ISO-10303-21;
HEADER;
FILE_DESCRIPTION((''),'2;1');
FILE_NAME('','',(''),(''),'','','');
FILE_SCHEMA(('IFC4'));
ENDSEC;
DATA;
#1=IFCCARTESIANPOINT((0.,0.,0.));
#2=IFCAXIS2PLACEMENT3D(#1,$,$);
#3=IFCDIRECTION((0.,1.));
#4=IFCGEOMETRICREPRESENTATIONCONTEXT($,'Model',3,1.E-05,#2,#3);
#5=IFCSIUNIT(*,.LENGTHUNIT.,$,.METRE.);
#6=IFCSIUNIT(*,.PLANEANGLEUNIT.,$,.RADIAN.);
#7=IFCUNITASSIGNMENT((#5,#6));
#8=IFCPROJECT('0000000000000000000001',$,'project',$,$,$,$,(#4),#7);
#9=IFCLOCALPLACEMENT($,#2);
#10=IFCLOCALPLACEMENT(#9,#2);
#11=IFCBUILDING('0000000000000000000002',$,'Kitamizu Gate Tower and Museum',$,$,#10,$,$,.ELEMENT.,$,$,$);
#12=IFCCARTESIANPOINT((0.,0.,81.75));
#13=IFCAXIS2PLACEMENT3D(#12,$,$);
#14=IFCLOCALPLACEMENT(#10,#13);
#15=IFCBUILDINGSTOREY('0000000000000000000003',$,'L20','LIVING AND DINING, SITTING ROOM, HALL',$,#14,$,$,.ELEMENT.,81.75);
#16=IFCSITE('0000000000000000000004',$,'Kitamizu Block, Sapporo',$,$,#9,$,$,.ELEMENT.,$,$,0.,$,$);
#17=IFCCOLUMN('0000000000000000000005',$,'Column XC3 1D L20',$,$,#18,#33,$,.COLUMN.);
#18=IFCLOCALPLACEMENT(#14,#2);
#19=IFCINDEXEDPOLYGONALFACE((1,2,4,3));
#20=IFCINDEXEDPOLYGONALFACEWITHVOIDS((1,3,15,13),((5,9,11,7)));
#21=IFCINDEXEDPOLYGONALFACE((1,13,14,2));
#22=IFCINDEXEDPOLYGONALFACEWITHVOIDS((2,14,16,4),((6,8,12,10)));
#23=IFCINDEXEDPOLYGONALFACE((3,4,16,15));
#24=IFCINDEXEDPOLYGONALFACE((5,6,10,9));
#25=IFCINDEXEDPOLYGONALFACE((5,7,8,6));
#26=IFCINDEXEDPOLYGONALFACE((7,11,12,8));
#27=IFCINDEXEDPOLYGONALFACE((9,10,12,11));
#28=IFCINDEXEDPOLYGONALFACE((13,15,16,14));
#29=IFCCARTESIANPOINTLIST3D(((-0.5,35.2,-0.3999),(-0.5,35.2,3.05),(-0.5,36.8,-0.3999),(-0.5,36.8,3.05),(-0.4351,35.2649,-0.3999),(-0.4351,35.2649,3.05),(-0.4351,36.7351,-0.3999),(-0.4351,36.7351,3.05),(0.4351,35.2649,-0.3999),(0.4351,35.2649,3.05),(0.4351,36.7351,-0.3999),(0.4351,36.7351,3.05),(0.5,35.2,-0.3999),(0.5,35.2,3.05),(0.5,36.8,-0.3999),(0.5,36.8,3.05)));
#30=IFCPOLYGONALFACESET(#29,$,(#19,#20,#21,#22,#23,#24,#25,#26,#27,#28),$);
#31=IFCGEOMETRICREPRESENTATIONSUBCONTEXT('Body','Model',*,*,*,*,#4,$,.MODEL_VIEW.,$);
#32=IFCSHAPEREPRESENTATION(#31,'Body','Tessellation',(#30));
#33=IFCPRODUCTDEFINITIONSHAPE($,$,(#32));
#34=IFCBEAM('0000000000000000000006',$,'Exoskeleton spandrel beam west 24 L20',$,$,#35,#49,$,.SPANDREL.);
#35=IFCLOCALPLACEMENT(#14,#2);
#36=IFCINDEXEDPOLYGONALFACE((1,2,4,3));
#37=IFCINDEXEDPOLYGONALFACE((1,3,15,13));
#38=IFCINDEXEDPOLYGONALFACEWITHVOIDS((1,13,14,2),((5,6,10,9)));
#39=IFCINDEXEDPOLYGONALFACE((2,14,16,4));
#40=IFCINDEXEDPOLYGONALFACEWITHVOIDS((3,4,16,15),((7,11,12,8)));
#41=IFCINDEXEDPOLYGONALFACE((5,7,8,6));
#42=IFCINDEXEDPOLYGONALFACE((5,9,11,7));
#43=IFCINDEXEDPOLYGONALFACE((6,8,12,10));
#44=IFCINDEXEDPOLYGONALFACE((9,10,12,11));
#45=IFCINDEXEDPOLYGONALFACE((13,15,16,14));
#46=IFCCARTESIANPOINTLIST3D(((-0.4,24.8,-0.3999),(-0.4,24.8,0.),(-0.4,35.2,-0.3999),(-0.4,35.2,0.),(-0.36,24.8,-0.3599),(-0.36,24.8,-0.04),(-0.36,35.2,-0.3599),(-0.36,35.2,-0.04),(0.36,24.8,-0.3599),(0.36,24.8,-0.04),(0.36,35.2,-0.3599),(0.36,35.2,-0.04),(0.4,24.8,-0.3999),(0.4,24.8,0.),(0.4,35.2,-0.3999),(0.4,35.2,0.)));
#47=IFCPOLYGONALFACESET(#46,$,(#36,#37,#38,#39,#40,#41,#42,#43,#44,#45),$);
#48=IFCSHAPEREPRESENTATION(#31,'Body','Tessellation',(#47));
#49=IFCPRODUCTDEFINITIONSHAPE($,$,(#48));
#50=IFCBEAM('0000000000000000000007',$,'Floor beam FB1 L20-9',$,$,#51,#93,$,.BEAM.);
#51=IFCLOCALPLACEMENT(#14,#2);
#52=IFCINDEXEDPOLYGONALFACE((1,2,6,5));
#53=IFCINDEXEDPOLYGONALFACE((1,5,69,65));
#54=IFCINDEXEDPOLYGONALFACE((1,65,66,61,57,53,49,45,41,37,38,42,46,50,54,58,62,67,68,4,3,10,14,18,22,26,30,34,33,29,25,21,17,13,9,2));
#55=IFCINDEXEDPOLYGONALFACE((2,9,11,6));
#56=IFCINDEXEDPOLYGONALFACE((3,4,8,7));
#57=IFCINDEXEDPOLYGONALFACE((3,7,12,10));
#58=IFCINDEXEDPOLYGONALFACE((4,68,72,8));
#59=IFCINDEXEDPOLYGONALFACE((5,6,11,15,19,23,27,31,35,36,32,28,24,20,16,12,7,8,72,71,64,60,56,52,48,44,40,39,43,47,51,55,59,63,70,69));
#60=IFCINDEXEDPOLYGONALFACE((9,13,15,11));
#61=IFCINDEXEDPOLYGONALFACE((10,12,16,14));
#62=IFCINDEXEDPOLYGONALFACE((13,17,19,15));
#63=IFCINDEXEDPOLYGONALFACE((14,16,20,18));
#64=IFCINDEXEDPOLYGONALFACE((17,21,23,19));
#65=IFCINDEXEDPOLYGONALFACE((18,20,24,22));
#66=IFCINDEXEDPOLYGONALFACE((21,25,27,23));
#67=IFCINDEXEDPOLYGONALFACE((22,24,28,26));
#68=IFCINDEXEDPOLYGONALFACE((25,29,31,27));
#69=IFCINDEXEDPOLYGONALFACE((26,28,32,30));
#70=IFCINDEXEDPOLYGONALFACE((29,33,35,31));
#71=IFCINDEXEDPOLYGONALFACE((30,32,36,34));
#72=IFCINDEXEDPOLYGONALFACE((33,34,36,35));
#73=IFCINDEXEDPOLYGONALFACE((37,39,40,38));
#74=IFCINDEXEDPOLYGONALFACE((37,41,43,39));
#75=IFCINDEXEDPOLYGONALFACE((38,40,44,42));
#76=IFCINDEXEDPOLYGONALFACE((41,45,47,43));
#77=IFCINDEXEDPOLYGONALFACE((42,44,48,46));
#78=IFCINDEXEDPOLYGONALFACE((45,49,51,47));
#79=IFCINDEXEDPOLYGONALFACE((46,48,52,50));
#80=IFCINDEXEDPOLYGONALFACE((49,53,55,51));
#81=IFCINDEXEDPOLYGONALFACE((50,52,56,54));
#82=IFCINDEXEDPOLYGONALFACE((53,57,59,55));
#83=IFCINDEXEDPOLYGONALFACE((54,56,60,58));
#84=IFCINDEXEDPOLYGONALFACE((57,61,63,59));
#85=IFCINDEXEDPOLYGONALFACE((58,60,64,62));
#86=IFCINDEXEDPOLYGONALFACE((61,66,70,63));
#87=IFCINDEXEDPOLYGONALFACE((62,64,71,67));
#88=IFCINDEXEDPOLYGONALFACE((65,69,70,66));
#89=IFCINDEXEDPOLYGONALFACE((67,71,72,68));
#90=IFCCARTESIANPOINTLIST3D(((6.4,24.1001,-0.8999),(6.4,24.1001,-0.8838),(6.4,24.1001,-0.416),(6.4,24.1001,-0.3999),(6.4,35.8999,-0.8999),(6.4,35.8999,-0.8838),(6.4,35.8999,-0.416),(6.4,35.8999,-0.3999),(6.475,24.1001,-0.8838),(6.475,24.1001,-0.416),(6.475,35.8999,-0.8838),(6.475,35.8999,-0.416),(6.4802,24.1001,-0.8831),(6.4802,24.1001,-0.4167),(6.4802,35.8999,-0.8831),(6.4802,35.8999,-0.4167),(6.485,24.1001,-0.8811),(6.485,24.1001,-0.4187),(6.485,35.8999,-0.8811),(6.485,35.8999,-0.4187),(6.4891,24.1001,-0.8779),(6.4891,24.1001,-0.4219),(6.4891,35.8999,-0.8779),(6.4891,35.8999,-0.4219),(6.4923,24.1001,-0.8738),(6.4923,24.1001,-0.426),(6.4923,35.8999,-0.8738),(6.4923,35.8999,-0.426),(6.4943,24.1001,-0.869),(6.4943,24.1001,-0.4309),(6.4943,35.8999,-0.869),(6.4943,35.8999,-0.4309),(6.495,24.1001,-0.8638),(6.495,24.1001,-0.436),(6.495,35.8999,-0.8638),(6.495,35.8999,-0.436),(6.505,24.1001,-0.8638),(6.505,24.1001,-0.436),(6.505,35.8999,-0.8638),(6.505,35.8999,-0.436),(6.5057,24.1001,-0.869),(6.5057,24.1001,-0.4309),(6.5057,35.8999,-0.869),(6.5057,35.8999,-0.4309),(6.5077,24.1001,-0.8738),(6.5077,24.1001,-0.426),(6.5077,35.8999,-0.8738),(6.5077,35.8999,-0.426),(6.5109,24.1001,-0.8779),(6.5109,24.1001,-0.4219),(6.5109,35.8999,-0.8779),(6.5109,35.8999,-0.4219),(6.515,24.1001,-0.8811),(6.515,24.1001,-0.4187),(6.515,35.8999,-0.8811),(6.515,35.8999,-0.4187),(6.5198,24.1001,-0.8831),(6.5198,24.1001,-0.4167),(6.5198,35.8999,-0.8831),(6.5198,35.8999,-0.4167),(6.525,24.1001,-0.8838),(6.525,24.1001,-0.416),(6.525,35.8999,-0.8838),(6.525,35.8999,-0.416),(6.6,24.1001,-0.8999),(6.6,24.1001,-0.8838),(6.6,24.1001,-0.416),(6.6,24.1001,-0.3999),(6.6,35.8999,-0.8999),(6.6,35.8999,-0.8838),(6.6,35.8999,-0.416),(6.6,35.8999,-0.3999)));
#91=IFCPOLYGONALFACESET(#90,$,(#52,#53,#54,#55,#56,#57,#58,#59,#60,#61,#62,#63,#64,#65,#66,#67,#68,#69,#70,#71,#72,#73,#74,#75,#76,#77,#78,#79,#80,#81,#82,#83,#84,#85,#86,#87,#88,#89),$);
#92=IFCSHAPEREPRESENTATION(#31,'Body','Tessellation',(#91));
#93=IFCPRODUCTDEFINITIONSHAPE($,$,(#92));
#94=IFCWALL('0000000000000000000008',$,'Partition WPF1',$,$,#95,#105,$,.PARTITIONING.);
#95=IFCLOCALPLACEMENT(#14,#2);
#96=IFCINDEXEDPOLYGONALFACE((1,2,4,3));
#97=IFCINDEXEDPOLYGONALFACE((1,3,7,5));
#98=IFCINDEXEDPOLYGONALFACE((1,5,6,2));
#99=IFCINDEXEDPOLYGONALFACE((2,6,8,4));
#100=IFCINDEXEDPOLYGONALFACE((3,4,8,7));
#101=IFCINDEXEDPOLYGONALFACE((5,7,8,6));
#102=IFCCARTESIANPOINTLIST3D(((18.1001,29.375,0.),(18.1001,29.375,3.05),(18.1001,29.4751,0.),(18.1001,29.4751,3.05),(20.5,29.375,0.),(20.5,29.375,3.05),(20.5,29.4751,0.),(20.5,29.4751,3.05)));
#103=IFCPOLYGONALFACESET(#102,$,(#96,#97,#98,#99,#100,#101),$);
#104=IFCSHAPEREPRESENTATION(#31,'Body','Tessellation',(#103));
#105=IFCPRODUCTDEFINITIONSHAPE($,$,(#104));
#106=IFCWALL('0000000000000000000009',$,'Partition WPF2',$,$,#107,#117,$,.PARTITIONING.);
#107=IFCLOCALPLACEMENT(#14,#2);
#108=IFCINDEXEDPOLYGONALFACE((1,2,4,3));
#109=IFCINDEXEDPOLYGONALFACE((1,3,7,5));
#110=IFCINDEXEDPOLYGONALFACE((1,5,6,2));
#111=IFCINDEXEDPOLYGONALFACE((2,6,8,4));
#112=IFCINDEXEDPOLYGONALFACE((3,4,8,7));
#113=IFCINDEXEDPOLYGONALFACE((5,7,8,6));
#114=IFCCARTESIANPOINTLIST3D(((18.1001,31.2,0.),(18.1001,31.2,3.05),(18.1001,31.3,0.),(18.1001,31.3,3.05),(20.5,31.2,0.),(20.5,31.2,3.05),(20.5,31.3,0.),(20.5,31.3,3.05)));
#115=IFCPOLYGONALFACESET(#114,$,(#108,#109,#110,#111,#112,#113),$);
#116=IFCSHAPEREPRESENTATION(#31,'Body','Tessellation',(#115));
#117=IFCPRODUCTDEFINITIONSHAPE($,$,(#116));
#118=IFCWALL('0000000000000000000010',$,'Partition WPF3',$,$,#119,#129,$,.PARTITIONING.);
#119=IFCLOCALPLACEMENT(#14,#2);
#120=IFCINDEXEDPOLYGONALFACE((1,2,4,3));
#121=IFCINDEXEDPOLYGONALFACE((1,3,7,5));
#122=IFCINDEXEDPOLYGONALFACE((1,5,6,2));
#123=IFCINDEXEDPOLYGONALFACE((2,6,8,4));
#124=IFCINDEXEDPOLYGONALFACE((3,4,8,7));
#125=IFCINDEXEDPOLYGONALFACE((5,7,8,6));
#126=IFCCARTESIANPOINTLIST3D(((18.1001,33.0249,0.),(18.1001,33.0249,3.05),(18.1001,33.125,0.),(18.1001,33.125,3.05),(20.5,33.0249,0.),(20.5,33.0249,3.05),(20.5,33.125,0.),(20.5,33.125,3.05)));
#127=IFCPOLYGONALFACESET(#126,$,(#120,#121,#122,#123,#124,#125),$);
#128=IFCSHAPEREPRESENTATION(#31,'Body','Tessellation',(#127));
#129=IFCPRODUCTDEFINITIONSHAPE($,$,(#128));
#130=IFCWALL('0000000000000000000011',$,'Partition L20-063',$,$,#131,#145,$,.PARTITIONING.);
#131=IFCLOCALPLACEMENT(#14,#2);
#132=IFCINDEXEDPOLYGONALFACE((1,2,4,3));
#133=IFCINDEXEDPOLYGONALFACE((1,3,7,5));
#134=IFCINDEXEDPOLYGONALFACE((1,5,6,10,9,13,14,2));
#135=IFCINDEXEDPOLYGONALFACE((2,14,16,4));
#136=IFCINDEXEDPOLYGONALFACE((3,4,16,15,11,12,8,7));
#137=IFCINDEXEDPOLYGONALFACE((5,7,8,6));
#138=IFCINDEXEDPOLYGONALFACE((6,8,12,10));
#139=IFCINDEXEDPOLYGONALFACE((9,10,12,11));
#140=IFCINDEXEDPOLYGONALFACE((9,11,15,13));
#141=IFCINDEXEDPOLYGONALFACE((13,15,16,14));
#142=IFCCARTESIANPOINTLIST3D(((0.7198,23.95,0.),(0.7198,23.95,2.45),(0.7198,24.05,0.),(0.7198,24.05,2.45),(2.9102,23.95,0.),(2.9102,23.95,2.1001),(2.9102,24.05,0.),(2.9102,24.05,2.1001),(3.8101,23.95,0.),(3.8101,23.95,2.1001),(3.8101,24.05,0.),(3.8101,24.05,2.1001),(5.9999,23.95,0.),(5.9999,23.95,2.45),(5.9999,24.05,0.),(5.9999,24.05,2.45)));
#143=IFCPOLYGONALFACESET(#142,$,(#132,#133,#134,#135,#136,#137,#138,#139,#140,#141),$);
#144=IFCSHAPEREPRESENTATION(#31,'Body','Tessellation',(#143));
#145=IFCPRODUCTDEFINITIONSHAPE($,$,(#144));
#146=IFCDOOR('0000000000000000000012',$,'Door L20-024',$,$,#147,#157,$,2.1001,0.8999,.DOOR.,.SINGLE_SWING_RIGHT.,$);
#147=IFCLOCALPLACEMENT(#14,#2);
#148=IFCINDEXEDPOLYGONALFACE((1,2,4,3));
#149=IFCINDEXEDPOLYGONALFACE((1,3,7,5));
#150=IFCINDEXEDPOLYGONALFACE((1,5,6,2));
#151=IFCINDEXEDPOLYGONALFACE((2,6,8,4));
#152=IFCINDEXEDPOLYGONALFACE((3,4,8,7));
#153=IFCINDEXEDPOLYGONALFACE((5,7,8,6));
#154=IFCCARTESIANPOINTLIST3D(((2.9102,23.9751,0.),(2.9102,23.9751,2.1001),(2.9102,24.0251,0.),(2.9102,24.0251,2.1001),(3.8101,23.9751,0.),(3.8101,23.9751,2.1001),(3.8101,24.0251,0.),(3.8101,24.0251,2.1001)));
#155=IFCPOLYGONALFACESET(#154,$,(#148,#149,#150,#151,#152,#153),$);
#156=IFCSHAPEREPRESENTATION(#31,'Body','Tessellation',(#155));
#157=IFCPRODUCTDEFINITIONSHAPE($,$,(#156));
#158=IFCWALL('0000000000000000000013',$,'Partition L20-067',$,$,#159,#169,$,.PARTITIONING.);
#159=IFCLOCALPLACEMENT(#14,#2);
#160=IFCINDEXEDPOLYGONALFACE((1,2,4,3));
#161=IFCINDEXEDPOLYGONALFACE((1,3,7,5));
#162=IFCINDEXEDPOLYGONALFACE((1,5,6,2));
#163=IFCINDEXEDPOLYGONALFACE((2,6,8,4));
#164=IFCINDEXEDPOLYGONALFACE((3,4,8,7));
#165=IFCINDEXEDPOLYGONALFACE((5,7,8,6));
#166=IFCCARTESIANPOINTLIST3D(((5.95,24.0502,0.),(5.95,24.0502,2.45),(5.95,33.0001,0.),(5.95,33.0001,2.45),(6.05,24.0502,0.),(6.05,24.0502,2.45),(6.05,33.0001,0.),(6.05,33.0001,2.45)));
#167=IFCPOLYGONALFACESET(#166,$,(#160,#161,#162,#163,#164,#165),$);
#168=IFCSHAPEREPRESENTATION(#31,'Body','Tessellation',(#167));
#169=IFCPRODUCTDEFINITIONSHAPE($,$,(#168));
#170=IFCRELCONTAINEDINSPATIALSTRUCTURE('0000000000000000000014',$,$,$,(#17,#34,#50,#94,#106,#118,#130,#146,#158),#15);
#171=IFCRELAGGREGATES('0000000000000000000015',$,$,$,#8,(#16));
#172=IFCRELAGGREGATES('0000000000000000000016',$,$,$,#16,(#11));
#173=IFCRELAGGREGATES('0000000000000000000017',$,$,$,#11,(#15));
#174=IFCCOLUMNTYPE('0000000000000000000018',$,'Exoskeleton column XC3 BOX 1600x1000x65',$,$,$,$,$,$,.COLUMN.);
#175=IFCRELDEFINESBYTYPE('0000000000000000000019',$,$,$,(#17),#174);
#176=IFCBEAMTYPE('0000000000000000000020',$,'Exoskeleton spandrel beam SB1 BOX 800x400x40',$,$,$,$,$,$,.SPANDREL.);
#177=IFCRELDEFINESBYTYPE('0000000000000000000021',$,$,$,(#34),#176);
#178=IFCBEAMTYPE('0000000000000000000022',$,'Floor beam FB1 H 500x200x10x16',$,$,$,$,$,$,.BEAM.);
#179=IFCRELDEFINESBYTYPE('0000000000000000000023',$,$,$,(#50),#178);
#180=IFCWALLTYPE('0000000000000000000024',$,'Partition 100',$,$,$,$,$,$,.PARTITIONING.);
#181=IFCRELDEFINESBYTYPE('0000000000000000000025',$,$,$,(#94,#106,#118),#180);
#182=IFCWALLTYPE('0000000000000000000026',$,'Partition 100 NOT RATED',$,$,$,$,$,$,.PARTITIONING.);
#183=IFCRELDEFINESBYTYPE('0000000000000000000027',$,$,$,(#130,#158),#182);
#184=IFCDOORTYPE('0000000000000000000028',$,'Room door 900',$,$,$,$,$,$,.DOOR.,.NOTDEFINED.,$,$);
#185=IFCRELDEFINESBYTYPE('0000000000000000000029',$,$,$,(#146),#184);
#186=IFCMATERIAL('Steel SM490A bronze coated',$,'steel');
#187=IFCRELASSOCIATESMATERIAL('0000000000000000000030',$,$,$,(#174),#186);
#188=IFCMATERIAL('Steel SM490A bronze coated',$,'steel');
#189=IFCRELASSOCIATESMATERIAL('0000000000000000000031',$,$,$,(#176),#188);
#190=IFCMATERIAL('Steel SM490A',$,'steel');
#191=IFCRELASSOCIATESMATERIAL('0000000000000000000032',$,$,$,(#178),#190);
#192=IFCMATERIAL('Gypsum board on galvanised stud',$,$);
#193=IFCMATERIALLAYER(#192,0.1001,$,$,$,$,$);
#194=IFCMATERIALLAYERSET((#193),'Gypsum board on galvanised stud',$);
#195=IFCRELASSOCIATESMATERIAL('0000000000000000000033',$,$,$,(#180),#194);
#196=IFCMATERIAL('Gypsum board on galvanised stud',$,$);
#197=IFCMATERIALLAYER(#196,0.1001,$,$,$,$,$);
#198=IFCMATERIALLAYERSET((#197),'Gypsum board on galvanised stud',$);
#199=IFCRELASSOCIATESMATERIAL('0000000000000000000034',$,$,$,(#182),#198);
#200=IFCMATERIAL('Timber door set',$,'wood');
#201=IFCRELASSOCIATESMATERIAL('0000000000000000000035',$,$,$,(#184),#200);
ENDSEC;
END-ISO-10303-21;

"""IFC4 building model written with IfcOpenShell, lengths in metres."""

from ifc_helpers import new_model, si_unit, direction, frame, frame_2d, origin, origin_2d, place, context, subcontext, project, spatial, rectangle, hollow_rectangle, i_section, extrude, material, layer, layer_set, material_profile, profile_set, type_object, element, fill, save


model = new_model("IFC4")

# Units and contexts
model_context = context("Model", 3, precision=1e-05, world=origin(), true_north=direction((0.0, 1.0)))
body_context = subcontext(model_context, "Body", "Model", "MODEL_VIEW")
ifc_project = project(units=[si_unit("LENGTHUNIT", "METRE"), si_unit("PLANEANGLEUNIT", "RADIAN")], contexts=[model_context])

# Site, building, storey
site_placement = place(None, origin())
site = spatial("IfcSite", under=ifc_project, at=site_placement, Name="Kitamizu Block, Sapporo", CompositionType="ELEMENT", RefElevation=0.0)
building_placement = place(site_placement, origin())
building = spatial("IfcBuilding", under=site, at=building_placement, Name="Kitamizu Gate Tower and Museum", CompositionType="ELEMENT")
storey_placement = place(building_placement, frame((0.0, 0.0, 81.75)))
storey = spatial("IfcBuildingStorey", under=building, at=storey_placement, Name="L20", Description="LIVING AND DINING, SITTING ROOM, HALL", CompositionType="ELEMENT", Elevation=81.75)

# Column
ifc_material_1 = material(Name="Steel SM490A bronze coated", Category="steel")
ifc_material_profile_1 = material_profile(ifc_material_1, hollow_rectangle(XDim=1.6001, YDim=1.0, WallThickness=0.0649, at=origin_2d()), Name="BOX 1600x1000x65")
ifc_profile_set_1 = profile_set([ifc_material_profile_1], Name="Steel SM490A bronze coated")
column_type = type_object("IfcColumnType", Name="Exoskeleton column XC3 BOX 1600x1000x65", PredefinedType="COLUMN", material=ifc_profile_set_1)
column_placement = place(storey_placement, frame((0.0, 36.0, -0.3999), z_axis=(0.0, 0.0, 1.0), x_axis=(0.0, 1.0, 0.0)))
element("IfcColumn", 1, at=column_placement, inside=storey, type_object=column_type, Name="Column XC3 1D L20", PredefinedType="COLUMN", context=body_context, shape_type="SweptSolid", body=[
    extrude(hollow_rectangle(XDim=1.6001, YDim=1.0, WallThickness=0.0649, at=origin_2d()), origin(), (0.0, 0.0, 1.0), 3.45),
])

# Beams
ifc_material_2 = material(Name="Steel SM490A bronze coated", Category="steel")
ifc_material_profile_2 = material_profile(ifc_material_2, hollow_rectangle(XDim=0.8, YDim=0.3999, WallThickness=0.04, at=origin_2d()), Name="BOX 800x400x40")
ifc_profile_set_2 = profile_set([ifc_material_profile_2], Name="Steel SM490A bronze coated")
beam_type_1 = type_object("IfcBeamType", Name="Exoskeleton spandrel beam SB1 BOX 800x400x40", PredefinedType="SPANDREL", material=ifc_profile_set_2)
beam_1_placement = place(storey_placement, frame((0.0, 24.8, -0.2), z_axis=(0.0, 1.0, 0.0), x_axis=(-1.0, 0.0, 0.0)))
element("IfcBeam", 2, at=beam_1_placement, inside=storey, type_object=beam_type_1, Name="Exoskeleton spandrel beam west 24 L20", PredefinedType="SPANDREL", context=body_context, shape_type="SweptSolid", body=[
    extrude(hollow_rectangle(XDim=0.8, YDim=0.3999, WallThickness=0.04, at=origin_2d()), origin(), (0.0, 0.0, 1.0), 10.3999),
])
ifc_material_3 = material(Name="Steel SM490A", Category="steel")
ifc_material_profile_3 = material_profile(ifc_material_3, i_section(OverallWidth=0.2, OverallDepth=0.5, WebThickness=0.01, FlangeThickness=0.0161, FilletRadius=0.02, at=origin_2d()), Name="H-500x200x10x16")
ifc_profile_set_3 = profile_set([ifc_material_profile_3], Name="Steel SM490A")
beam_type_2 = type_object("IfcBeamType", Name="Floor beam FB1 H 500x200x10x16", PredefinedType="BEAM", material=ifc_profile_set_3)
beam_2_placement = place(storey_placement, frame((6.5, 24.1001, -0.6499), z_axis=(0.0, 1.0, 0.0), x_axis=(-1.0, 0.0, 0.0)))
element("IfcBeam", 3, at=beam_2_placement, inside=storey, type_object=beam_type_2, Name="Floor beam FB1 L20-9", PredefinedType="BEAM", context=body_context, shape_type="SweptSolid", body=[
    extrude(i_section(OverallWidth=0.2, OverallDepth=0.5, WebThickness=0.01, FlangeThickness=0.0161, FilletRadius=0.02, at=origin_2d()), origin(), (0.0, 0.0, 1.0), 11.7998),
])

# Walls
ifc_material_4 = material(Name="Gypsum board on galvanised stud")
ifc_layer_1 = layer(ifc_material_4, 0.1001)
ifc_layer_set_1 = layer_set([ifc_layer_1], Name="Gypsum board on galvanised stud")
wall_type_1 = type_object("IfcWallType", Name="Partition 100", PredefinedType="PARTITIONING", material=ifc_layer_set_1)
for number, where, z_axis, x_axis, name in (
    (4, (18.1001, 29.425, 0.0), (0.0, 0.0, 1.0), (1.0, 0.0, 0.0), "Partition WPF1"),
    (5, (18.1001, 31.25, 0.0), (0.0, 0.0, 1.0), (1.0, 0.0, 0.0), "Partition WPF2"),
    (6, (18.1001, 33.075, 0.0), (0.0, 0.0, 1.0), (1.0, 0.0, 0.0), "Partition WPF3"),
):
    element("IfcWall", number, at=place(storey_placement, frame(where, z_axis=z_axis, x_axis=x_axis)), inside=storey, type_object=wall_type_1, Name=name, PredefinedType="PARTITIONING", context=body_context, shape_type="SweptSolid", body=[
        extrude(rectangle(XDim=2.3999, YDim=0.1001, at=frame_2d((1.2, 0.0))), origin(), (0.0, 0.0, 1.0), 3.05),
    ])

# Wall, opening, door
ifc_material_5 = material(Name="Gypsum board on galvanised stud")
ifc_layer_2 = layer(ifc_material_5, 0.1001)
ifc_layer_set_2 = layer_set([ifc_layer_2], Name="Gypsum board on galvanised stud")
wall_type_2 = type_object("IfcWallType", Name="Partition 100 NOT RATED", PredefinedType="PARTITIONING", material=ifc_layer_set_2)
wall_1_placement = place(storey_placement, frame((6.0, 24.0, 0.0), z_axis=(0.0, 0.0, 1.0), x_axis=(-1.0, 0.0, 0.0)))
wall_1 = element("IfcWall", 7, at=wall_1_placement, inside=storey, type_object=wall_type_2, Name="Partition L20-063", PredefinedType="PARTITIONING", context=body_context, shape_type="SweptSolid", body=[
    extrude(rectangle(XDim=5.28, YDim=0.1001, at=frame_2d((2.6401, 0.0))), origin(), (0.0, 0.0, 1.0), 2.45),
])
opening_1_placement = place(wall_1_placement, frame((2.1899, 0.0, 0.0)))
opening_1 = element("IfcOpeningElement", 8, at=opening_1_placement, cuts=wall_1, PredefinedType="OPENING", context=body_context, shape_type="SweptSolid", body=[
    extrude(rectangle(XDim=0.8999, YDim=2.1001, at=frame_2d((0.45, 1.05))), frame((0.0, 0.0601, 0.0), z_axis=(0.0, -1.0, 0.0), x_axis=(1.0, 0.0, 0.0)), (0.0, 0.0, 1.0), 0.1201),
])
ifc_material_6 = material(Name="Timber door set", Category="wood")
door_type_1 = type_object("IfcDoorType", Name="Room door 900", OperationType="NOTDEFINED", PredefinedType="DOOR", material=ifc_material_6)
door_1_placement = place(opening_1_placement, origin())
door_1 = element("IfcDoor", 9, at=door_1_placement, inside=storey, type_object=door_type_1, Name="Door L20-024", OperationType="SINGLE_SWING_RIGHT", OverallHeight=2.1001, OverallWidth=0.8999, PredefinedType="DOOR", context=body_context, shape_type="SweptSolid", body=[
    extrude(rectangle(XDim=0.8999, YDim=2.1001, at=frame_2d((0.45, 1.05))), frame((0.0, 0.0249, 0.0), z_axis=(0.0, -1.0, 0.0), x_axis=(1.0, 0.0, 0.0)), (0.0, 0.0, 1.0), 0.05),
])
fill(opening_1, door_1)

# Wall
wall_2_placement = place(storey_placement, frame((6.0, 24.05, 0.0), z_axis=(0.0, 0.0, 1.0), x_axis=(0.0, 1.0, 0.0)))
element("IfcWall", 10, at=wall_2_placement, inside=storey, type_object=wall_type_2, Name="Partition L20-067", PredefinedType="PARTITIONING", context=body_context, shape_type="SweptSolid", body=[
    extrude(rectangle(XDim=8.95, YDim=0.1001, at=frame_2d((4.4751, 0.0))), origin(), (0.0, 0.0, 1.0), 2.45),
])

save(model, "model.ifc")
